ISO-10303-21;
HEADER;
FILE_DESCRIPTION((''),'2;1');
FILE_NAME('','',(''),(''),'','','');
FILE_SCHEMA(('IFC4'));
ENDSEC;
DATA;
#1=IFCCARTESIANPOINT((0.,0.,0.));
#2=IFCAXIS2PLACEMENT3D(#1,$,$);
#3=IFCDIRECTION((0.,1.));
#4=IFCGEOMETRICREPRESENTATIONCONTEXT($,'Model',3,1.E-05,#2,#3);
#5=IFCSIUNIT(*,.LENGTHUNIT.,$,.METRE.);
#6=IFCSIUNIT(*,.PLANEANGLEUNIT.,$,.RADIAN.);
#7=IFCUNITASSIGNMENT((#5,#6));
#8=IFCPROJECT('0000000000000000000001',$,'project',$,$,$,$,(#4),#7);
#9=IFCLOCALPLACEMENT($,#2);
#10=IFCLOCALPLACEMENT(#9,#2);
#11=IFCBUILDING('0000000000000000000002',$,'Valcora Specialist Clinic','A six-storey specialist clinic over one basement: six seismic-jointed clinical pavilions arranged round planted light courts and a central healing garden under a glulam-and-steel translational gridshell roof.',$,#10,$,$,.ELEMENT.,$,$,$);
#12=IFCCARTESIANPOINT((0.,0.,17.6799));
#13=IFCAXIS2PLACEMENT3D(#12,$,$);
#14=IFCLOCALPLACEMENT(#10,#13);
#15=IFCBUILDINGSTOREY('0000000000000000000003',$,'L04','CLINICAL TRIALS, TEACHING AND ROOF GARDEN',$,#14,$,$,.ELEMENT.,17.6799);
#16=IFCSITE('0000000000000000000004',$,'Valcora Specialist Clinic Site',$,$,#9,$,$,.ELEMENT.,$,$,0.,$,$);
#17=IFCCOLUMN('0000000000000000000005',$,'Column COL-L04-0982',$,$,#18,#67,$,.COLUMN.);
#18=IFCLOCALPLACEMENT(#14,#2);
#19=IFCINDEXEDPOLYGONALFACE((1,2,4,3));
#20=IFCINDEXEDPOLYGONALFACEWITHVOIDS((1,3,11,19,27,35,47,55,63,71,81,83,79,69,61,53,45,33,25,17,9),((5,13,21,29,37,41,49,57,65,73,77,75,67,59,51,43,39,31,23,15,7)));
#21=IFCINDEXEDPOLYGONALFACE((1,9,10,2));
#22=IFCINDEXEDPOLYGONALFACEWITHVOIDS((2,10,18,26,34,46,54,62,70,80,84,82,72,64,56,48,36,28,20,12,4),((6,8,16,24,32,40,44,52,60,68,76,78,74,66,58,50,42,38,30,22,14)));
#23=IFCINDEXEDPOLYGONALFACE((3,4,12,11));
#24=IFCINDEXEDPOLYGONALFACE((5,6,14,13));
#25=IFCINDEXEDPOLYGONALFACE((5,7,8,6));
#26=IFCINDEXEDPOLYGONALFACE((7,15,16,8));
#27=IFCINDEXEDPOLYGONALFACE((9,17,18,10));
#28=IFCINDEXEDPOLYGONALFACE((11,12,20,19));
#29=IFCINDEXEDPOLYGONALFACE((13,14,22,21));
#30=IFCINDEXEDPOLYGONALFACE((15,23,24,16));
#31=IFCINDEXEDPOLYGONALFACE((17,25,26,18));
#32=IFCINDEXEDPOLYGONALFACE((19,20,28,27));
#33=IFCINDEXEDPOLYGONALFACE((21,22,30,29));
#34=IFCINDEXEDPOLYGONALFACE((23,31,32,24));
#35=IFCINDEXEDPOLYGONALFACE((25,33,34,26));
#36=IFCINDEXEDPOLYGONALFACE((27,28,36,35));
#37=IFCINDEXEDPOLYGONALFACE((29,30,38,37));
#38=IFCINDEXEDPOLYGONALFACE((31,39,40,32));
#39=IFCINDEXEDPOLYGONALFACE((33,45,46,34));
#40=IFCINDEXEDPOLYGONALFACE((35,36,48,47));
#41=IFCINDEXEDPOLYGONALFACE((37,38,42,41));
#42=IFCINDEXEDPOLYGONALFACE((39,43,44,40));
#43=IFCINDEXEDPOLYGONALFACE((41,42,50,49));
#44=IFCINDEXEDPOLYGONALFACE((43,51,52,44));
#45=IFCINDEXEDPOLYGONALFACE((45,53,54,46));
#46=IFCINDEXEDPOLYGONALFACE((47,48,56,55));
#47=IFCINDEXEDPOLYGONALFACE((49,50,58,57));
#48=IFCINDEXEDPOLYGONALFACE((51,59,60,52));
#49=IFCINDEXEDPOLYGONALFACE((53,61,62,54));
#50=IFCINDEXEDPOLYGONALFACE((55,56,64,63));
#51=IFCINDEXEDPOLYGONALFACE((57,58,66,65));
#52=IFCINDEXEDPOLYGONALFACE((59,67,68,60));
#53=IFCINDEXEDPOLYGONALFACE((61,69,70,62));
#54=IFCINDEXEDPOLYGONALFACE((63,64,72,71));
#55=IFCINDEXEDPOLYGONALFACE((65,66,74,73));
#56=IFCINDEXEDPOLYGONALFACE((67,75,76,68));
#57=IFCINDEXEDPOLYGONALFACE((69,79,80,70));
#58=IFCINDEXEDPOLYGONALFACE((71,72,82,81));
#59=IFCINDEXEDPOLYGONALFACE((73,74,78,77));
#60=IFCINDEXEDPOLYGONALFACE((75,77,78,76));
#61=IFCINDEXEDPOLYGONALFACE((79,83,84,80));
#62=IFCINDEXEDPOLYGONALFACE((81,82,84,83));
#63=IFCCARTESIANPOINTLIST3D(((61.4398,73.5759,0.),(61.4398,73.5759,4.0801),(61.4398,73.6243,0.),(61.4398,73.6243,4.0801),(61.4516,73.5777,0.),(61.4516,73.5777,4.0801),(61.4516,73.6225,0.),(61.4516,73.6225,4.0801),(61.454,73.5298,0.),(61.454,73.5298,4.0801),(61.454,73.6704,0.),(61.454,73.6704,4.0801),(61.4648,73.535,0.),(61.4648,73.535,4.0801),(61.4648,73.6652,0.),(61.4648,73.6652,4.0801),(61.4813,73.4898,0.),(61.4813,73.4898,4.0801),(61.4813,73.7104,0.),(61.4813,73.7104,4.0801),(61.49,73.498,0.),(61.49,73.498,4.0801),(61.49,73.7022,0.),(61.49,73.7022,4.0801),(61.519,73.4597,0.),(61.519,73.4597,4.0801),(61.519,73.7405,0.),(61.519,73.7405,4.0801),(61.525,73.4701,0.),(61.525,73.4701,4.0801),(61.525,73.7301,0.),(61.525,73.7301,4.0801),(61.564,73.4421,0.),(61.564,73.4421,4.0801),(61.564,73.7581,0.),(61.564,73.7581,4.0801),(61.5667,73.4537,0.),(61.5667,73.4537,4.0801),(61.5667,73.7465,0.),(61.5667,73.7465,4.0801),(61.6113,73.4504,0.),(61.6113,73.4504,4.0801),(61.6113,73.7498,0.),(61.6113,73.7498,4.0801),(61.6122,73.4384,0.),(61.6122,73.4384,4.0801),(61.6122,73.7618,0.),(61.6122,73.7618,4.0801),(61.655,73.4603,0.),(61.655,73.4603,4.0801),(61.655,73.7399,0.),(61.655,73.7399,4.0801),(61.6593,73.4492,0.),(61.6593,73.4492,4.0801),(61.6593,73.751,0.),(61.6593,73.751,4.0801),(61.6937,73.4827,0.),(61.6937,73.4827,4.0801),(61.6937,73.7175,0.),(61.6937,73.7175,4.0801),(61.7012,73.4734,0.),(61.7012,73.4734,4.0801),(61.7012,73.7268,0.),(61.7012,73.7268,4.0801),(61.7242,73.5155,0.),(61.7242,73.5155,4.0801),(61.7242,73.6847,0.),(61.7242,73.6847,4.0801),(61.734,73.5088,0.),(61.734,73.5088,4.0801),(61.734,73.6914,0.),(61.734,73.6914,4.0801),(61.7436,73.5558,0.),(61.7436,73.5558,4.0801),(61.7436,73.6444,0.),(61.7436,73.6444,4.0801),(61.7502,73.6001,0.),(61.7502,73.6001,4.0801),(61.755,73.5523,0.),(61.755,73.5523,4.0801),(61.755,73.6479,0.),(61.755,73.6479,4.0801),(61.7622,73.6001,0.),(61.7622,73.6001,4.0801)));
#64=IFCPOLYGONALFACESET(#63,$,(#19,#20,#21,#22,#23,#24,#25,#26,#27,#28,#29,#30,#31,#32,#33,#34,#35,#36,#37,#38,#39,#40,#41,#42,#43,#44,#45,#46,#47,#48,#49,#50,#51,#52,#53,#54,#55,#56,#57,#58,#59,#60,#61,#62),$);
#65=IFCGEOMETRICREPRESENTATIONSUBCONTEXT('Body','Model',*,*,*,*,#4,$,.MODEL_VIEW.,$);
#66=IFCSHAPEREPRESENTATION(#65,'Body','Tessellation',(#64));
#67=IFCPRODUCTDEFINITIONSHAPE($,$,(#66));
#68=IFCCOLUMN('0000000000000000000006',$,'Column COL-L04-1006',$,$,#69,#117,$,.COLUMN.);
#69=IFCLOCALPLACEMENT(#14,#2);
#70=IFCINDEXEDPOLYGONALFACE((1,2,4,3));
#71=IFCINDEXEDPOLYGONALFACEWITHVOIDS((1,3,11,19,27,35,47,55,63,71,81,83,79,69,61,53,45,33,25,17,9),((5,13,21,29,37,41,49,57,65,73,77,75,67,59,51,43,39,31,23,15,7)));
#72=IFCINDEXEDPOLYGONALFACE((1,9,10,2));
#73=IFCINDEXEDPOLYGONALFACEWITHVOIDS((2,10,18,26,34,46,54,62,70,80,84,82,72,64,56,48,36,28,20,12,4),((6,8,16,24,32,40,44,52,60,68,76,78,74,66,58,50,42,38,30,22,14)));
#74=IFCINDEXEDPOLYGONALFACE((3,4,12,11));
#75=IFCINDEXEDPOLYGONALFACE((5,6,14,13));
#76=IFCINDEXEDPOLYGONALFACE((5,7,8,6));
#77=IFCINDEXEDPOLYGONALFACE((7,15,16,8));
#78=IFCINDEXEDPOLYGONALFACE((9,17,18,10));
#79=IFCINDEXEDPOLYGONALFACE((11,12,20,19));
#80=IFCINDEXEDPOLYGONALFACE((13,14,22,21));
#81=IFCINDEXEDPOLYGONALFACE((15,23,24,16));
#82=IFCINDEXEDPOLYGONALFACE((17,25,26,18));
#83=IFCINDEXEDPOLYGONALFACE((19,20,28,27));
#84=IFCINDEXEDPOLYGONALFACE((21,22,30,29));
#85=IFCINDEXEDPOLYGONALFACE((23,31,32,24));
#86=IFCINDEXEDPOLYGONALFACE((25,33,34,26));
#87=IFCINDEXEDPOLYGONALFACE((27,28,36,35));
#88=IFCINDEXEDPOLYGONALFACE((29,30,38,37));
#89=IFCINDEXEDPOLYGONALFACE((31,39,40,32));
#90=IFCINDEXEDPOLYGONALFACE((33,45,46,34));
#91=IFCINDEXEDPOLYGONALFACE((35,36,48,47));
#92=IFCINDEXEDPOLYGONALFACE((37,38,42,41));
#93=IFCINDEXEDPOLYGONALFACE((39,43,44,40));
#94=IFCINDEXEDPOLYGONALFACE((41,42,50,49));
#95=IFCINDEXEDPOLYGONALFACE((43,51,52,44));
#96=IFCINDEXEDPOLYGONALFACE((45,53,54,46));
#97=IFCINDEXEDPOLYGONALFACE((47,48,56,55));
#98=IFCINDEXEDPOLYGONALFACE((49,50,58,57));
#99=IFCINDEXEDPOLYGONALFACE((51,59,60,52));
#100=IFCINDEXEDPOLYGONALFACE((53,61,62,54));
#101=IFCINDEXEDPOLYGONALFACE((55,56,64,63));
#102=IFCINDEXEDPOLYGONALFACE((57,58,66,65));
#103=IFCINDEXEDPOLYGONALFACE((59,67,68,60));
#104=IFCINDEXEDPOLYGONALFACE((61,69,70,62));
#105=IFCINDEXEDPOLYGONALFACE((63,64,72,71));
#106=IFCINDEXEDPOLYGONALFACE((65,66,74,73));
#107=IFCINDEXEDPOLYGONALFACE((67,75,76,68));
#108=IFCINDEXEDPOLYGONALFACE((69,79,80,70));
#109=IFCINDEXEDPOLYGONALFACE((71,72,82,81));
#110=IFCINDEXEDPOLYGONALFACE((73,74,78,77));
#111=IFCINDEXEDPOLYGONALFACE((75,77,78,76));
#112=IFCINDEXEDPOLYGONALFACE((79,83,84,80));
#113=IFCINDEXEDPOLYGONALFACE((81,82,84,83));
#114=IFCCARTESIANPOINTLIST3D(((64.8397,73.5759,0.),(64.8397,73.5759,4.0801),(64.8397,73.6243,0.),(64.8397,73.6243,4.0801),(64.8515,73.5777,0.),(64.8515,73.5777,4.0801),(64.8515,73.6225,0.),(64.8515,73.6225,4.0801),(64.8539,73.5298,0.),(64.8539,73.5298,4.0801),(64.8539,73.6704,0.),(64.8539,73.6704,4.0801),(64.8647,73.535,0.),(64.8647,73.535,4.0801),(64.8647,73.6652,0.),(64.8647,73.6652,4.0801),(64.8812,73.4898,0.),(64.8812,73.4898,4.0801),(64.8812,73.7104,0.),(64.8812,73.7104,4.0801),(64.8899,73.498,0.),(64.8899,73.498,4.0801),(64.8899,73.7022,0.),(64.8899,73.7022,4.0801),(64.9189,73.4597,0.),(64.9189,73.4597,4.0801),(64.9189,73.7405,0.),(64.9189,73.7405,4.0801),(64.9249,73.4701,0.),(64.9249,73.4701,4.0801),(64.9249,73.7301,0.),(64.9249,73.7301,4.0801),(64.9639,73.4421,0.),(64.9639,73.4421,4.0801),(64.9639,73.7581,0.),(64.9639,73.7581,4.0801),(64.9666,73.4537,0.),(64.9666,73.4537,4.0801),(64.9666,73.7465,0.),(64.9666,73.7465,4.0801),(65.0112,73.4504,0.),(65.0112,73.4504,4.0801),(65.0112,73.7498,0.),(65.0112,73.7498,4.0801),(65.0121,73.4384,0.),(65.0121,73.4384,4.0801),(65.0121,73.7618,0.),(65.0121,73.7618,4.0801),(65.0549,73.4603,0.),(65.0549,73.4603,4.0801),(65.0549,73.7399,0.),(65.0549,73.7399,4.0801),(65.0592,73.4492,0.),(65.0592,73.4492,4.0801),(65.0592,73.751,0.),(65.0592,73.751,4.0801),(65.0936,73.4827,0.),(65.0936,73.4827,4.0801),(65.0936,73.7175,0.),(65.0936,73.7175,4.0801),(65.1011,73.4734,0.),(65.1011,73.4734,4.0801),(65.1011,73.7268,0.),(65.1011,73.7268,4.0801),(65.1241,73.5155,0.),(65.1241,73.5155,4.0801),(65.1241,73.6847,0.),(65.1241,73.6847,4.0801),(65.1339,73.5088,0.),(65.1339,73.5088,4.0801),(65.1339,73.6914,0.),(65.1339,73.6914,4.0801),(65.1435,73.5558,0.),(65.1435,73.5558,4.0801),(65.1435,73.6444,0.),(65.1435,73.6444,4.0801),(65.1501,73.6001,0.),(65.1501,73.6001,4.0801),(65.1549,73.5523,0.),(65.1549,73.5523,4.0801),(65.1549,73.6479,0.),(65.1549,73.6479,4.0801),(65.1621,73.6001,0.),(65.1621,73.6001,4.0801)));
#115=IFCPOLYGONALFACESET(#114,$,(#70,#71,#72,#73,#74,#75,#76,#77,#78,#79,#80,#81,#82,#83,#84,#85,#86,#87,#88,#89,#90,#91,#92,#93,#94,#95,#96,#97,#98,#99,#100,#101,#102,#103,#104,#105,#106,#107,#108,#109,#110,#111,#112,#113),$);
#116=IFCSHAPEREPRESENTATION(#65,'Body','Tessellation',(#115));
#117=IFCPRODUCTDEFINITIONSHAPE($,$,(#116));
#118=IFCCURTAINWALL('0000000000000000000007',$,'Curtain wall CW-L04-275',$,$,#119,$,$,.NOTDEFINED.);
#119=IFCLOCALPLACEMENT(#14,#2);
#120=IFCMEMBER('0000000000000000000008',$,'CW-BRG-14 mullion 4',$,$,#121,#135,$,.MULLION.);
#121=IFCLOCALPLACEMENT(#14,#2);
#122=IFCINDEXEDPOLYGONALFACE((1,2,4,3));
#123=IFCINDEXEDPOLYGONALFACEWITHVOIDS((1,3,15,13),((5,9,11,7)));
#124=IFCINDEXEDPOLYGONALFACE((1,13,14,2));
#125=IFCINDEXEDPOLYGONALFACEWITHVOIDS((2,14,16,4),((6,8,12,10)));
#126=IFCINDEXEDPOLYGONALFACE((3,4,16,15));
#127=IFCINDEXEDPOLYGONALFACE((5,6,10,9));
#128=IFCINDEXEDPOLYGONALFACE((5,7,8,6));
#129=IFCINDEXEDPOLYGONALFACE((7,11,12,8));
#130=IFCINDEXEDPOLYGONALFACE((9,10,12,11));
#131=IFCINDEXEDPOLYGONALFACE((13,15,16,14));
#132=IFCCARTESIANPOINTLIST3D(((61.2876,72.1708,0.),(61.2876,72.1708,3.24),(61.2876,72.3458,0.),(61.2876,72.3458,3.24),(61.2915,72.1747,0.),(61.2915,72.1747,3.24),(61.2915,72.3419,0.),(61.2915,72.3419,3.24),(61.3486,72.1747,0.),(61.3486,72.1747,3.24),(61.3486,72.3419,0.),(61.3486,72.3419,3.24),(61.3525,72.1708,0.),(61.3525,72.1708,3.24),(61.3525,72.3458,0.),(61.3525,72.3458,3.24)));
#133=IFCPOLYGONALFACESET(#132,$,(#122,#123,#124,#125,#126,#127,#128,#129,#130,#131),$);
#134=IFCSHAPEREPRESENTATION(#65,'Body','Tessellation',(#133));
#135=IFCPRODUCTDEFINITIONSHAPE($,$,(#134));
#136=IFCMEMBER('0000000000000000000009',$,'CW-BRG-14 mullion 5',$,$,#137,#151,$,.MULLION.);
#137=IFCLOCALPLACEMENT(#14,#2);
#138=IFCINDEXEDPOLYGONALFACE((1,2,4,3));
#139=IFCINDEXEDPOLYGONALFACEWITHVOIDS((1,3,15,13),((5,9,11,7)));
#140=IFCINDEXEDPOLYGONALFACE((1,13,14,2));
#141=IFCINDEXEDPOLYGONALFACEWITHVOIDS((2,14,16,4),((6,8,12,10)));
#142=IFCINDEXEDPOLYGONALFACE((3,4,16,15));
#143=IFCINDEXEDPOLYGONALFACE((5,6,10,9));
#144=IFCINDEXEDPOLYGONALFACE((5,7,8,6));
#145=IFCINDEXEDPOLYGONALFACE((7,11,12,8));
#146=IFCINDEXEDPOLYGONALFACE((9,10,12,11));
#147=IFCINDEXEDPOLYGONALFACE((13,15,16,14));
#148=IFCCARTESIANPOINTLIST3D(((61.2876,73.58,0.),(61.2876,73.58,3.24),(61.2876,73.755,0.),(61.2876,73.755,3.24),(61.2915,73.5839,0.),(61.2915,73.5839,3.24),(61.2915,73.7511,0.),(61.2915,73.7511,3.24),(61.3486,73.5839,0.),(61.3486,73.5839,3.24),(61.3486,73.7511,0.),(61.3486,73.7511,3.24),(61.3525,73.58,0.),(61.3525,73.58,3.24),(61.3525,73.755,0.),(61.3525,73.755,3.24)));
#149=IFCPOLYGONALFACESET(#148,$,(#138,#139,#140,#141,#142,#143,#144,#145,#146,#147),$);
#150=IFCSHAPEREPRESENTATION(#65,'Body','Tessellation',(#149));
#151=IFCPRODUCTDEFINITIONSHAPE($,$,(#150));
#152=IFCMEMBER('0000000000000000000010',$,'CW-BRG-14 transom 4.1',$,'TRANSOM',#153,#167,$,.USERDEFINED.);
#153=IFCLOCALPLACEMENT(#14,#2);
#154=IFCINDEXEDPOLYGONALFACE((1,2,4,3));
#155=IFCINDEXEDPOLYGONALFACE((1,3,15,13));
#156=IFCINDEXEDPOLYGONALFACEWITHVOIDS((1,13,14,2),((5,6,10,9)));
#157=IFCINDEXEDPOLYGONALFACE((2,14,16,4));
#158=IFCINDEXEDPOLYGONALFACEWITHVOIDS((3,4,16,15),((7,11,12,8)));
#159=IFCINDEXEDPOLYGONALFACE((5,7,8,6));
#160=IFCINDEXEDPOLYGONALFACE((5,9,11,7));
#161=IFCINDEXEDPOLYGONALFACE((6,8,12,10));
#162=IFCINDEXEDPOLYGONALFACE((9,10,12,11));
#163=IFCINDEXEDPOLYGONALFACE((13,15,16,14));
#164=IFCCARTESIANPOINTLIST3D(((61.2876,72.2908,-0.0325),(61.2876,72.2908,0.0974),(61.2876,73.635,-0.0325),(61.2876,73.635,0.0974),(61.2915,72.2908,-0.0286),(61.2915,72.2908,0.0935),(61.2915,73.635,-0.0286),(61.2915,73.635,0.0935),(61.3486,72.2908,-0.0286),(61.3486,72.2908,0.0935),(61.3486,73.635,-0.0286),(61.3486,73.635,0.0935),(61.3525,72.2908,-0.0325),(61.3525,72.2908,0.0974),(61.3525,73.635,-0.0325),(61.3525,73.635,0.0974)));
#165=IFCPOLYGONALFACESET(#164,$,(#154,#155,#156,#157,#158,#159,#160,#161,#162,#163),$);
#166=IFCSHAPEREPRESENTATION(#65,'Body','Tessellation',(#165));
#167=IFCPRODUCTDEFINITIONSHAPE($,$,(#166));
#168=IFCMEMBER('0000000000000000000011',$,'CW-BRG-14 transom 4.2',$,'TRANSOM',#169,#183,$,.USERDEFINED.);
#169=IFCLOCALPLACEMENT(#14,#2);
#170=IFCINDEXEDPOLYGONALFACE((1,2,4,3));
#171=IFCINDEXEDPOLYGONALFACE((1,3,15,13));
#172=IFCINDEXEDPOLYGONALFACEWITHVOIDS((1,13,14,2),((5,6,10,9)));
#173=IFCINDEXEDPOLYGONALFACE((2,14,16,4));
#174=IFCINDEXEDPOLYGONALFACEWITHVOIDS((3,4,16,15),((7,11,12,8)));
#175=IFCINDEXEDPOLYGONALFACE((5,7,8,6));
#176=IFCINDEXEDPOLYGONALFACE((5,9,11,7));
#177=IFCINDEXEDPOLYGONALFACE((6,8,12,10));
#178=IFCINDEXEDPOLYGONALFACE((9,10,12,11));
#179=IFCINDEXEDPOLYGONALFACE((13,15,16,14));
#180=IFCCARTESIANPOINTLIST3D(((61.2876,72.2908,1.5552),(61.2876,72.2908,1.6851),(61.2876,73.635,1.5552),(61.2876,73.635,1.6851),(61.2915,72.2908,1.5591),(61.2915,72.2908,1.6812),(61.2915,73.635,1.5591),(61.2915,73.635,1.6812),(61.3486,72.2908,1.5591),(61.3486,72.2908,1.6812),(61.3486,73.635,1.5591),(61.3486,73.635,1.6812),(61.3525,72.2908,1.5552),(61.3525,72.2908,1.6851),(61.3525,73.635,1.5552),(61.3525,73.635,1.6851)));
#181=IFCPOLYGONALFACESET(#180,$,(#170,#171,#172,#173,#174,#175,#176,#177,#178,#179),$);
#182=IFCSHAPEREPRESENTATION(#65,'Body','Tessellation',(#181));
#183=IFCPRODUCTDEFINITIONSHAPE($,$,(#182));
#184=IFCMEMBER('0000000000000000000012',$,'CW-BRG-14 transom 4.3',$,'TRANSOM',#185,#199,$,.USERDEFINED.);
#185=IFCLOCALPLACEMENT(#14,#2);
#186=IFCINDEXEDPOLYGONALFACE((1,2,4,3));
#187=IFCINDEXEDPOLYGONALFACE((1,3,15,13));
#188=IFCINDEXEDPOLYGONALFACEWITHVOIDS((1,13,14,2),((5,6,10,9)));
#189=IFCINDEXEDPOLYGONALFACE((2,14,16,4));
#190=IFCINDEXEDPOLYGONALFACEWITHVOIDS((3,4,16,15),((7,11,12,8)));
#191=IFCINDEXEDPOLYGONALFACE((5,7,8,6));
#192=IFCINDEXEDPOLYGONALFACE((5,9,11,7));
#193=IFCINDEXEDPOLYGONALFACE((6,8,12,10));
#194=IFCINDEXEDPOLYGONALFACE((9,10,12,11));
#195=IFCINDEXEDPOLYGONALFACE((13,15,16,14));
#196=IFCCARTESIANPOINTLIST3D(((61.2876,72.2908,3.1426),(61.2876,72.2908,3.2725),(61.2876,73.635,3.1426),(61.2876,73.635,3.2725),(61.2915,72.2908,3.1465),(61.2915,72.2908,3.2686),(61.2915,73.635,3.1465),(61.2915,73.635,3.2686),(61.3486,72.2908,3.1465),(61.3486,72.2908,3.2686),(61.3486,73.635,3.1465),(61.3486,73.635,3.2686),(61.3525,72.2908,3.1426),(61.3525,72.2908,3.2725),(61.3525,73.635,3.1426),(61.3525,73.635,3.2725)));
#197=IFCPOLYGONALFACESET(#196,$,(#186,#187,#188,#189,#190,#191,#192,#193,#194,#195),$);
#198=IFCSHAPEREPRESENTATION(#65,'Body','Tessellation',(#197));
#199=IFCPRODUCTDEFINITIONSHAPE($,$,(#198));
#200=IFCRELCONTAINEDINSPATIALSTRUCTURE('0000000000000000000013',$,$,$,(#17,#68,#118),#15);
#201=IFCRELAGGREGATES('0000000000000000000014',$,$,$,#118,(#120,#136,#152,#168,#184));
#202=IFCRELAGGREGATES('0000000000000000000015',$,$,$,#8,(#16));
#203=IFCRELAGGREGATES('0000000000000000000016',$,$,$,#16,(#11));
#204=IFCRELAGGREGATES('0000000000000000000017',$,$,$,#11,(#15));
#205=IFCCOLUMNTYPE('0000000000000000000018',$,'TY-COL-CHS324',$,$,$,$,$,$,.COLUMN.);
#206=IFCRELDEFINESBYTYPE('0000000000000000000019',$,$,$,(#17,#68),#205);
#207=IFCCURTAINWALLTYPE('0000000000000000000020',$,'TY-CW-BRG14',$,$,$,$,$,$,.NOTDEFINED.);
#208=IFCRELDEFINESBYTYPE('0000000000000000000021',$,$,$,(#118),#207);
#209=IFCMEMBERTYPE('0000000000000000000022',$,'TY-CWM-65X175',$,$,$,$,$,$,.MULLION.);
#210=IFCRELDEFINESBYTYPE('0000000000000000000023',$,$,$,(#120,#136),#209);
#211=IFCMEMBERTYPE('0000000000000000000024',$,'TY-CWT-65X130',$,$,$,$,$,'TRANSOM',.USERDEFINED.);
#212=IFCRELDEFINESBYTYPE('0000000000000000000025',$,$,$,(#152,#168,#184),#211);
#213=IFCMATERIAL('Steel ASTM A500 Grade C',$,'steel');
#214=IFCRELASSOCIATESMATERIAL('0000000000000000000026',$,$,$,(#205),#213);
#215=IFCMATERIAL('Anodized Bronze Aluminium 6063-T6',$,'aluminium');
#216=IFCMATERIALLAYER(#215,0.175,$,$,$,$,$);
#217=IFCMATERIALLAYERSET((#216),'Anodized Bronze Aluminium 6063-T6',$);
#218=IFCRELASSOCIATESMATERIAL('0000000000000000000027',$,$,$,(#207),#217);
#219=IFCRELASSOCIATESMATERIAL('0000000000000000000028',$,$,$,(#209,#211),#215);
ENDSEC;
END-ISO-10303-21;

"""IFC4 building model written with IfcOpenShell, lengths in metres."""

from ifc_helpers import new_model, si_unit, direction, frame, origin, origin_2d, place, context, subcontext, project, spatial, hollow_rectangle, hollow_circle, extrude, material, layer, layer_set, material_profile, profile_set, type_object, element, aggregate, save


model = new_model("IFC4")

# Units and contexts
model_context = context("Model", 3, precision=1e-05, world=origin(), true_north=direction((0.0, 1.0)))
body_context = subcontext(model_context, "Body", "Model", "MODEL_VIEW")
ifc_project = project(units=[si_unit("LENGTHUNIT", "METRE"), si_unit("PLANEANGLEUNIT", "RADIAN")], contexts=[model_context])

# Site, building, storey
site_placement = place(None, origin())
site = spatial("IfcSite", under=ifc_project, at=site_placement, Name="Valcora Specialist Clinic Site", CompositionType="ELEMENT", RefElevation=0.0)
building_placement = place(site_placement, origin())
building = spatial("IfcBuilding", under=site, at=building_placement, Name="Valcora Specialist Clinic", Description="A six-storey specialist clinic over one basement: six seismic-jointed clinical pavilions arranged round planted light courts and a central healing garden under a glulam-and-steel translational gridshell roof.", CompositionType="ELEMENT")
storey_placement = place(building_placement, frame((0.0, 0.0, 17.6799)))
storey = spatial("IfcBuildingStorey", under=building, at=storey_placement, Name="L04", Description="CLINICAL TRIALS, TEACHING AND ROOF GARDEN", CompositionType="ELEMENT", Elevation=17.6799)

# Columns
ifc_material_1 = material(Name="Steel ASTM A500 Grade C", Category="steel")
ifc_material_profile_1 = material_profile(ifc_material_1, hollow_circle(Radius=0.1621, WallThickness=0.012, at=origin_2d()), Name="ST-CHS-324X12")
ifc_profile_set_1 = profile_set([ifc_material_profile_1], Name="Steel ASTM A500 Grade C")
column_type = type_object("IfcColumnType", Name="TY-COL-CHS324", PredefinedType="COLUMN", material=ifc_profile_set_1)
for number, where, z_axis, x_axis, name in (
    (1, (61.6001, 73.6001, 0.0), (0.0, 0.0, 1.0), (1.0, 0.0, 0.0), "Column COL-L04-0982"),
    (2, (65.0, 73.6001, 0.0), (0.0, 0.0, 1.0), (1.0, 0.0, 0.0), "Column COL-L04-1006"),
):
    element("IfcColumn", number, at=place(storey_placement, frame(where, z_axis=z_axis, x_axis=x_axis)), inside=storey, type_object=column_type, Name=name, PredefinedType="COLUMN", context=body_context, shape_type="SweptSolid", body=[
        extrude(hollow_circle(Radius=0.1621, WallThickness=0.012, at=origin_2d()), origin(), (0.0, 0.0, 1.0), 4.0801),
    ])

# Curtain wall, members
ifc_material_2 = material(Name="Anodized Bronze Aluminium 6063-T6", Category="aluminium")
ifc_layer_1 = layer(ifc_material_2, 0.175)
ifc_layer_set_1 = layer_set([ifc_layer_1], Name="Anodized Bronze Aluminium 6063-T6")
curtain_wall_type = type_object("IfcCurtainWallType", Name="TY-CW-BRG14", PredefinedType="NOTDEFINED", material=ifc_layer_set_1)
curtain_wall_placement = place(storey_placement, origin())
curtain_wall = element("IfcCurtainWall", 3, at=curtain_wall_placement, inside=storey, type_object=curtain_wall_type, Name="Curtain wall CW-L04-275", PredefinedType="NOTDEFINED")
ifc_material_profile_2 = material_profile(ifc_material_2, hollow_rectangle(XDim=0.0649, YDim=0.175, WallThickness=0.0039, at=origin_2d()), Name="AL-MUL-65X175")
ifc_profile_set_2 = profile_set([ifc_material_profile_2], Name="Anodized Bronze Aluminium 6063-T6")
member_type_1 = type_object("IfcMemberType", Name="TY-CWM-65X175", PredefinedType="MULLION", material=ifc_profile_set_2)
member_1_placement = place(storey_placement, frame((61.3201, 72.2583, 0.0), z_axis=(0.0, 0.0, 1.0), x_axis=(-1.0, 0.0, 0.0)))
member_1 = element("IfcMember", 4, at=member_1_placement, type_object=member_type_1, Name="CW-BRG-14 mullion 4", PredefinedType="MULLION", context=body_context, shape_type="SweptSolid", body=[
    extrude(hollow_rectangle(XDim=0.0649, YDim=0.175, WallThickness=0.0039, at=origin_2d()), origin(), (0.0, 0.0, 1.0), 3.24),
])
member_2_placement = place(storey_placement, frame((61.3201, 73.6675, 0.0), z_axis=(0.0, 0.0, 1.0), x_axis=(-1.0, 0.0, 0.0)))
member_2 = element("IfcMember", 5, at=member_2_placement, type_object=member_type_1, Name="CW-BRG-14 mullion 5", PredefinedType="MULLION", context=body_context, shape_type="SweptSolid", body=[
    extrude(hollow_rectangle(XDim=0.0649, YDim=0.175, WallThickness=0.0039, at=origin_2d()), origin(), (0.0, 0.0, 1.0), 3.24),
])
ifc_material_profile_3 = material_profile(ifc_material_2, hollow_rectangle(XDim=0.0649, YDim=0.1299, WallThickness=0.0039, at=origin_2d()), Name="AL-TRN-65X130")
ifc_profile_set_3 = profile_set([ifc_material_profile_3], Name="Anodized Bronze Aluminium 6063-T6")
member_type_2 = type_object("IfcMemberType", Name="TY-CWT-65X130", ElementType="TRANSOM", PredefinedType="USERDEFINED", material=ifc_profile_set_3)
member_3_placement = place(storey_placement, frame((61.3201, 72.2908, 0.0325), z_axis=(0.0, 1.0, 0.0), x_axis=(-1.0, 0.0, 0.0)))
member_3 = element("IfcMember", 6, at=member_3_placement, type_object=member_type_2, Name="CW-BRG-14 transom 4.1", ObjectType="TRANSOM", PredefinedType="USERDEFINED", context=body_context, shape_type="SweptSolid", body=[
    extrude(hollow_rectangle(XDim=0.0649, YDim=0.1299, WallThickness=0.0039, at=origin_2d()), origin(), (0.0, 0.0, 1.0), 1.3442),
])
member_4_placement = place(storey_placement, frame((61.3201, 72.2908, 1.6201), z_axis=(0.0, 1.0, 0.0), x_axis=(-1.0, 0.0, 0.0)))
member_4 = element("IfcMember", 7, at=member_4_placement, type_object=member_type_2, Name="CW-BRG-14 transom 4.2", ObjectType="TRANSOM", PredefinedType="USERDEFINED", context=body_context, shape_type="SweptSolid", body=[
    extrude(hollow_rectangle(XDim=0.0649, YDim=0.1299, WallThickness=0.0039, at=origin_2d()), origin(), (0.0, 0.0, 1.0), 1.3442),
])
member_5_placement = place(storey_placement, frame((61.3201, 72.2908, 3.2075), z_axis=(0.0, 1.0, 0.0), x_axis=(-1.0, 0.0, 0.0)))
member_5 = element("IfcMember", 8, at=member_5_placement, type_object=member_type_2, Name="CW-BRG-14 transom 4.3", ObjectType="TRANSOM", PredefinedType="USERDEFINED", context=body_context, shape_type="SweptSolid", body=[
    extrude(hollow_rectangle(XDim=0.0649, YDim=0.1299, WallThickness=0.0039, at=origin_2d()), origin(), (0.0, 0.0, 1.0), 1.3442),
])
aggregate(curtain_wall, [member_1, member_2, member_3, member_4, member_5])

save(model, "model.ifc")
